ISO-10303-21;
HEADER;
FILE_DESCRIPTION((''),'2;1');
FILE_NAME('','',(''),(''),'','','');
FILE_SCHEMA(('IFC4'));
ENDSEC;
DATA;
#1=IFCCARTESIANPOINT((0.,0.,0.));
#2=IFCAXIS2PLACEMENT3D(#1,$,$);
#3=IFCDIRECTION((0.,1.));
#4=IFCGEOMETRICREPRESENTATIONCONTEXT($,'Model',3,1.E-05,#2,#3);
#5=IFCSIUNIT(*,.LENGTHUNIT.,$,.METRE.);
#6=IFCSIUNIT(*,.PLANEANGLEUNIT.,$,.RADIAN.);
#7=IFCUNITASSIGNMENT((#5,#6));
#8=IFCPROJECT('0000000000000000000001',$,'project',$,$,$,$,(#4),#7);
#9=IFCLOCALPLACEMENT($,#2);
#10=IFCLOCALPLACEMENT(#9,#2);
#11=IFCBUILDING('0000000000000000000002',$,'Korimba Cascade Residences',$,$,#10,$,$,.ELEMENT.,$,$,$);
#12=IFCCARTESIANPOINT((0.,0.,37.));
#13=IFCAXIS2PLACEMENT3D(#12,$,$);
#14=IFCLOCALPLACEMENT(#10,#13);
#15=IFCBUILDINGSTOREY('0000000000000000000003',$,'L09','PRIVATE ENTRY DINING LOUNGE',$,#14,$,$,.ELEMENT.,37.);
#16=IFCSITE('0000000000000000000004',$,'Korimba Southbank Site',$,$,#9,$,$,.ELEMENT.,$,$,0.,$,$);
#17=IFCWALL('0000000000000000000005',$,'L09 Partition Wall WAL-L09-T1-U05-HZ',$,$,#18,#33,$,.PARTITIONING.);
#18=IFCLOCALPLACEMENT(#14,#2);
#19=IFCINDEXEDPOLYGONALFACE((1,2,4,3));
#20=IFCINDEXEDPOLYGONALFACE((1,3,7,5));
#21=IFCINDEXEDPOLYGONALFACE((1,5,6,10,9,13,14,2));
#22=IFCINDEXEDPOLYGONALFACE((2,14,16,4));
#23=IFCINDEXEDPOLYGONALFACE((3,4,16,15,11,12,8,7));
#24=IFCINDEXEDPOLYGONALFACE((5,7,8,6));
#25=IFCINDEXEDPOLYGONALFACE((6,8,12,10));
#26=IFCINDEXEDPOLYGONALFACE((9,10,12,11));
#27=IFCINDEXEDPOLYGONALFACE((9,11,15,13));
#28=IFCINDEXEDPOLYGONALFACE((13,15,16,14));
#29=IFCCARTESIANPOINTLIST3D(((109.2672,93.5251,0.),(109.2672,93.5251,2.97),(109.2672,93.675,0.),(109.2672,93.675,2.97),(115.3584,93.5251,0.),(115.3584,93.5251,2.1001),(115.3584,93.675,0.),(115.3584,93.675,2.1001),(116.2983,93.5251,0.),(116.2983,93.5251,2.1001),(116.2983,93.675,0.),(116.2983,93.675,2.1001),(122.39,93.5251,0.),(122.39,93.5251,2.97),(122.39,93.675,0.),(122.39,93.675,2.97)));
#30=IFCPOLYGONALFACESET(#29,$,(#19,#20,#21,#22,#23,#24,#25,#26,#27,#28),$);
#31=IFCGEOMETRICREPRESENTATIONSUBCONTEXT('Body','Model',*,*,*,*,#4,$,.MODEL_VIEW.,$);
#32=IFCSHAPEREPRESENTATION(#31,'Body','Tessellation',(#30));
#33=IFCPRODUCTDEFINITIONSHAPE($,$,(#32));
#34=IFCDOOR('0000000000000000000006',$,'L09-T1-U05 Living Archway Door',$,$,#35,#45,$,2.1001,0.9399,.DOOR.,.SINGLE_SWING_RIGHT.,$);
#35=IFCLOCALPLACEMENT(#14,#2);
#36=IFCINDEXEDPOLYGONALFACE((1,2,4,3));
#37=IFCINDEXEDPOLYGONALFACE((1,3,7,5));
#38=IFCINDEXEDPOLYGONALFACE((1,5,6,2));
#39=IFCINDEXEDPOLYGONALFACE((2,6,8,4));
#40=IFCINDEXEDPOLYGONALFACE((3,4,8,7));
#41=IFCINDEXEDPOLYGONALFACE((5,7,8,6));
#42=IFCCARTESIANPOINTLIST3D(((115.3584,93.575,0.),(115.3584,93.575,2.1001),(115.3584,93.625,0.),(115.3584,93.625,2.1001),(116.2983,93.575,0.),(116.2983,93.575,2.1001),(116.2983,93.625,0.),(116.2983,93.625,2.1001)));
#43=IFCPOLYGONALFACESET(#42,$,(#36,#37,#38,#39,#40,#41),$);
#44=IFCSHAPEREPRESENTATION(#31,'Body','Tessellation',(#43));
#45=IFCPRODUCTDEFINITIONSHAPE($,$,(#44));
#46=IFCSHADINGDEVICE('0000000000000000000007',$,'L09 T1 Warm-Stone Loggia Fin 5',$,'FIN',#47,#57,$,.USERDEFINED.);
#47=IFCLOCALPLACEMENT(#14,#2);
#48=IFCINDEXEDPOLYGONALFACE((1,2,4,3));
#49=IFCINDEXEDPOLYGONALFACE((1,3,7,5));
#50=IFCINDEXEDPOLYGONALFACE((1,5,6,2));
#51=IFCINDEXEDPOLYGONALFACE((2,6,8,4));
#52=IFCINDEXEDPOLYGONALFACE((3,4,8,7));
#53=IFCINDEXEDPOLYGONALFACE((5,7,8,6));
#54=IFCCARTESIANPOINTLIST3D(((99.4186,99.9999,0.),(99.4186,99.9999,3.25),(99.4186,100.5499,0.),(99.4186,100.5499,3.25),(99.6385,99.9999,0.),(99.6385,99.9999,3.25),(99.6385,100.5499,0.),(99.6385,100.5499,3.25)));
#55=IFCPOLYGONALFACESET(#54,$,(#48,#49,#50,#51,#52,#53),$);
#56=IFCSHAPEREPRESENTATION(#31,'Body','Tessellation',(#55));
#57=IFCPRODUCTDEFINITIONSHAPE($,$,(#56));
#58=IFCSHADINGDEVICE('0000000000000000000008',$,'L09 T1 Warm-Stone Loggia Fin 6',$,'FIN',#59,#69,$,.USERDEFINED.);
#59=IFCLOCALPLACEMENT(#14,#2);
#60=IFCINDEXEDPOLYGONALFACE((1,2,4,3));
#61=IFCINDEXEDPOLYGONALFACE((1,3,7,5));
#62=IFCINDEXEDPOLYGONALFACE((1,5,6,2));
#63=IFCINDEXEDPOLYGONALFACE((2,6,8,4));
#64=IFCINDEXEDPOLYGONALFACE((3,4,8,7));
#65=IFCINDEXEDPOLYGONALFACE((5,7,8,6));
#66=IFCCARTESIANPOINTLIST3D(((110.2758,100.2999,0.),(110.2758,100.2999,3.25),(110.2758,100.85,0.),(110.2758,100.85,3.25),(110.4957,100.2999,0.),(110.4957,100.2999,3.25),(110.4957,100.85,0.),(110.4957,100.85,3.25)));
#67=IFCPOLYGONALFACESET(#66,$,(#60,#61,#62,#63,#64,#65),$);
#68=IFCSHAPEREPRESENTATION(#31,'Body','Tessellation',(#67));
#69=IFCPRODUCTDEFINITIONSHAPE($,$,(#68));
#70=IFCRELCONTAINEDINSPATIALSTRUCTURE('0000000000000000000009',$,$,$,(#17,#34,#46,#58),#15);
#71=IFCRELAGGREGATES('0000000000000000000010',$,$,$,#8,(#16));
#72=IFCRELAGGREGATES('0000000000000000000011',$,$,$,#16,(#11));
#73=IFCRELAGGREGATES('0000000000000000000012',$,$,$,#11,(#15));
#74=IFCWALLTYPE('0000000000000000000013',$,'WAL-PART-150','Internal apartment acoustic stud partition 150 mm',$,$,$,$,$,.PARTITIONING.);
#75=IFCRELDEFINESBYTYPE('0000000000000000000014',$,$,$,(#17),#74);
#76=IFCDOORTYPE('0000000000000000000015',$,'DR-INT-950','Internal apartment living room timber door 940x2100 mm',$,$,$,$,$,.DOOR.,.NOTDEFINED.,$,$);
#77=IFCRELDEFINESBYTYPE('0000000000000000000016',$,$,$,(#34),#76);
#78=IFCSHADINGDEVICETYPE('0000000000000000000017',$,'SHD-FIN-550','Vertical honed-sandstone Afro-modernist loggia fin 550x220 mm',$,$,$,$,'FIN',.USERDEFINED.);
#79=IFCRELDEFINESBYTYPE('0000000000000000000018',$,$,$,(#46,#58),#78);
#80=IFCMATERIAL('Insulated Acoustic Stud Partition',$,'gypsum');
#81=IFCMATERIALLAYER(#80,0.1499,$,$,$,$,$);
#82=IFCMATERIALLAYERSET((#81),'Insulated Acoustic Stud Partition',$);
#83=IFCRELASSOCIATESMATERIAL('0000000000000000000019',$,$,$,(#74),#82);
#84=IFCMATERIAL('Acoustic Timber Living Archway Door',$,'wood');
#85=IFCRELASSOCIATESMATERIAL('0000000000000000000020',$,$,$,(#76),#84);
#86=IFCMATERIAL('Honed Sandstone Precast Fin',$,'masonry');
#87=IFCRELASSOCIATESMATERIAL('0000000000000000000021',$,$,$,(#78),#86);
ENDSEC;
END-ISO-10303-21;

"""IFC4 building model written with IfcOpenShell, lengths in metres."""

from ifc_helpers import new_model, si_unit, direction, frame, frame_2d, origin, origin_2d, place, context, subcontext, project, spatial, rectangle, extrude, material, layer, layer_set, type_object, element, fill, save


model = new_model("IFC4")

# Units and contexts
model_context = context("Model", 3, precision=1e-05, world=origin(), true_north=direction((0.0, 1.0)))
body_context = subcontext(model_context, "Body", "Model", "MODEL_VIEW")
ifc_project = project(units=[si_unit("LENGTHUNIT", "METRE"), si_unit("PLANEANGLEUNIT", "RADIAN")], contexts=[model_context])

# Site, building, storey
site_placement = place(None, origin())
site = spatial("IfcSite", under=ifc_project, at=site_placement, Name="Korimba Southbank Site", CompositionType="ELEMENT", RefElevation=0.0)
building_placement = place(site_placement, origin())
building = spatial("IfcBuilding", under=site, at=building_placement, Name="Korimba Cascade Residences", CompositionType="ELEMENT")
storey_placement = place(building_placement, frame((0.0, 0.0, 37.0)))
storey = spatial("IfcBuildingStorey", under=building, at=storey_placement, Name="L09", Description="PRIVATE ENTRY DINING LOUNGE", CompositionType="ELEMENT", Elevation=37.0)

# Shared definitions
ifc_material_1 = material(Name="Insulated Acoustic Stud Partition", Category="gypsum")
ifc_layer = layer(ifc_material_1, 0.1499)
ifc_layer_set = layer_set([ifc_layer], Name="Insulated Acoustic Stud Partition")
wall_type = type_object("IfcWallType", Name="WAL-PART-150", Description="Internal apartment acoustic stud partition 150 mm", PredefinedType="PARTITIONING", material=ifc_layer_set)

# Wall, opening, door
ifc_material_2 = material(Name="Acoustic Timber Living Archway Door", Category="wood")
door_type_1 = type_object("IfcDoorType", Name="DR-INT-950", Description="Internal apartment living room timber door 940x2100 mm", OperationType="NOTDEFINED", PredefinedType="DOOR", material=ifc_material_2)
wall_1_placement = place(storey_placement, frame((109.2671, 93.6001, 0.0), z_axis=(0.0, 0.0, 1.0), x_axis=(1.0, 0.0, 0.0)))
wall_1 = element("IfcWall", 1, at=wall_1_placement, inside=storey, type_object=wall_type, Name="L09 Partition Wall WAL-L09-T1-U05-HZ", PredefinedType="PARTITIONING", context=body_context, shape_type="SweptSolid", body=[
    extrude(rectangle(XDim=13.1228, YDim=0.1499, at=frame_2d((6.5615, 0.0))), origin(), (0.0, 0.0, 1.0), 2.97),
])
opening_1_placement = place(wall_1_placement, frame((6.0913, 0.0, 0.0)))
opening_1 = element("IfcOpeningElement", 2, at=opening_1_placement, cuts=wall_1, PredefinedType="OPENING", context=body_context, shape_type="SweptSolid", body=[
    extrude(rectangle(XDim=0.9399, YDim=2.1001, at=frame_2d((0.47, 1.05))), frame((0.0, 0.085, 0.0), z_axis=(0.0, -1.0, 0.0), x_axis=(1.0, 0.0, 0.0)), (0.0, 0.0, 1.0), 0.1699),
])
door_1_placement = place(opening_1_placement, origin())
door_1 = element("IfcDoor", 3, at=door_1_placement, inside=storey, type_object=door_type_1, Name="L09-T1-U05 Living Archway Door", OperationType="SINGLE_SWING_RIGHT", OverallHeight=2.1001, OverallWidth=0.9399, PredefinedType="DOOR", context=body_context, shape_type="SweptSolid", body=[
    extrude(rectangle(XDim=0.9399, YDim=2.1001, at=frame_2d((0.47, 1.05))), frame((0.0, 0.0249, 0.0), z_axis=(0.0, -1.0, 0.0), x_axis=(1.0, 0.0, 0.0)), (0.0, 0.0, 1.0), 0.05),
])
fill(opening_1, door_1)

# Shading devices
ifc_material_3 = material(Name="Honed Sandstone Precast Fin", Category="masonry")
shading_device_type = type_object("IfcShadingDeviceType", Name="SHD-FIN-550", Description="Vertical honed-sandstone Afro-modernist loggia fin 550x220 mm", ElementType="FIN", PredefinedType="USERDEFINED", material=ifc_material_3)
for number, where, z_axis, x_axis, name in (
    (4, (99.5286, 100.2749, 0.0), (0.0, 0.0, 1.0), (1.0, 0.0, 0.0), "L09 T1 Warm-Stone Loggia Fin 5"),
    (5, (110.3857, 100.575, 0.0), (0.0, 0.0, 1.0), (1.0, 0.0, 0.0), "L09 T1 Warm-Stone Loggia Fin 6"),
):
    element("IfcShadingDevice", number, at=place(storey_placement, frame(where, z_axis=z_axis, x_axis=x_axis)), inside=storey, type_object=shading_device_type, Name=name, ObjectType="FIN", PredefinedType="USERDEFINED", context=body_context, shape_type="SweptSolid", body=[
        extrude(rectangle(XDim=0.22, YDim=0.55, at=origin_2d()), origin(), (0.0, 0.0, 1.0), 3.25),
    ])

save(model, "model.ifc")
